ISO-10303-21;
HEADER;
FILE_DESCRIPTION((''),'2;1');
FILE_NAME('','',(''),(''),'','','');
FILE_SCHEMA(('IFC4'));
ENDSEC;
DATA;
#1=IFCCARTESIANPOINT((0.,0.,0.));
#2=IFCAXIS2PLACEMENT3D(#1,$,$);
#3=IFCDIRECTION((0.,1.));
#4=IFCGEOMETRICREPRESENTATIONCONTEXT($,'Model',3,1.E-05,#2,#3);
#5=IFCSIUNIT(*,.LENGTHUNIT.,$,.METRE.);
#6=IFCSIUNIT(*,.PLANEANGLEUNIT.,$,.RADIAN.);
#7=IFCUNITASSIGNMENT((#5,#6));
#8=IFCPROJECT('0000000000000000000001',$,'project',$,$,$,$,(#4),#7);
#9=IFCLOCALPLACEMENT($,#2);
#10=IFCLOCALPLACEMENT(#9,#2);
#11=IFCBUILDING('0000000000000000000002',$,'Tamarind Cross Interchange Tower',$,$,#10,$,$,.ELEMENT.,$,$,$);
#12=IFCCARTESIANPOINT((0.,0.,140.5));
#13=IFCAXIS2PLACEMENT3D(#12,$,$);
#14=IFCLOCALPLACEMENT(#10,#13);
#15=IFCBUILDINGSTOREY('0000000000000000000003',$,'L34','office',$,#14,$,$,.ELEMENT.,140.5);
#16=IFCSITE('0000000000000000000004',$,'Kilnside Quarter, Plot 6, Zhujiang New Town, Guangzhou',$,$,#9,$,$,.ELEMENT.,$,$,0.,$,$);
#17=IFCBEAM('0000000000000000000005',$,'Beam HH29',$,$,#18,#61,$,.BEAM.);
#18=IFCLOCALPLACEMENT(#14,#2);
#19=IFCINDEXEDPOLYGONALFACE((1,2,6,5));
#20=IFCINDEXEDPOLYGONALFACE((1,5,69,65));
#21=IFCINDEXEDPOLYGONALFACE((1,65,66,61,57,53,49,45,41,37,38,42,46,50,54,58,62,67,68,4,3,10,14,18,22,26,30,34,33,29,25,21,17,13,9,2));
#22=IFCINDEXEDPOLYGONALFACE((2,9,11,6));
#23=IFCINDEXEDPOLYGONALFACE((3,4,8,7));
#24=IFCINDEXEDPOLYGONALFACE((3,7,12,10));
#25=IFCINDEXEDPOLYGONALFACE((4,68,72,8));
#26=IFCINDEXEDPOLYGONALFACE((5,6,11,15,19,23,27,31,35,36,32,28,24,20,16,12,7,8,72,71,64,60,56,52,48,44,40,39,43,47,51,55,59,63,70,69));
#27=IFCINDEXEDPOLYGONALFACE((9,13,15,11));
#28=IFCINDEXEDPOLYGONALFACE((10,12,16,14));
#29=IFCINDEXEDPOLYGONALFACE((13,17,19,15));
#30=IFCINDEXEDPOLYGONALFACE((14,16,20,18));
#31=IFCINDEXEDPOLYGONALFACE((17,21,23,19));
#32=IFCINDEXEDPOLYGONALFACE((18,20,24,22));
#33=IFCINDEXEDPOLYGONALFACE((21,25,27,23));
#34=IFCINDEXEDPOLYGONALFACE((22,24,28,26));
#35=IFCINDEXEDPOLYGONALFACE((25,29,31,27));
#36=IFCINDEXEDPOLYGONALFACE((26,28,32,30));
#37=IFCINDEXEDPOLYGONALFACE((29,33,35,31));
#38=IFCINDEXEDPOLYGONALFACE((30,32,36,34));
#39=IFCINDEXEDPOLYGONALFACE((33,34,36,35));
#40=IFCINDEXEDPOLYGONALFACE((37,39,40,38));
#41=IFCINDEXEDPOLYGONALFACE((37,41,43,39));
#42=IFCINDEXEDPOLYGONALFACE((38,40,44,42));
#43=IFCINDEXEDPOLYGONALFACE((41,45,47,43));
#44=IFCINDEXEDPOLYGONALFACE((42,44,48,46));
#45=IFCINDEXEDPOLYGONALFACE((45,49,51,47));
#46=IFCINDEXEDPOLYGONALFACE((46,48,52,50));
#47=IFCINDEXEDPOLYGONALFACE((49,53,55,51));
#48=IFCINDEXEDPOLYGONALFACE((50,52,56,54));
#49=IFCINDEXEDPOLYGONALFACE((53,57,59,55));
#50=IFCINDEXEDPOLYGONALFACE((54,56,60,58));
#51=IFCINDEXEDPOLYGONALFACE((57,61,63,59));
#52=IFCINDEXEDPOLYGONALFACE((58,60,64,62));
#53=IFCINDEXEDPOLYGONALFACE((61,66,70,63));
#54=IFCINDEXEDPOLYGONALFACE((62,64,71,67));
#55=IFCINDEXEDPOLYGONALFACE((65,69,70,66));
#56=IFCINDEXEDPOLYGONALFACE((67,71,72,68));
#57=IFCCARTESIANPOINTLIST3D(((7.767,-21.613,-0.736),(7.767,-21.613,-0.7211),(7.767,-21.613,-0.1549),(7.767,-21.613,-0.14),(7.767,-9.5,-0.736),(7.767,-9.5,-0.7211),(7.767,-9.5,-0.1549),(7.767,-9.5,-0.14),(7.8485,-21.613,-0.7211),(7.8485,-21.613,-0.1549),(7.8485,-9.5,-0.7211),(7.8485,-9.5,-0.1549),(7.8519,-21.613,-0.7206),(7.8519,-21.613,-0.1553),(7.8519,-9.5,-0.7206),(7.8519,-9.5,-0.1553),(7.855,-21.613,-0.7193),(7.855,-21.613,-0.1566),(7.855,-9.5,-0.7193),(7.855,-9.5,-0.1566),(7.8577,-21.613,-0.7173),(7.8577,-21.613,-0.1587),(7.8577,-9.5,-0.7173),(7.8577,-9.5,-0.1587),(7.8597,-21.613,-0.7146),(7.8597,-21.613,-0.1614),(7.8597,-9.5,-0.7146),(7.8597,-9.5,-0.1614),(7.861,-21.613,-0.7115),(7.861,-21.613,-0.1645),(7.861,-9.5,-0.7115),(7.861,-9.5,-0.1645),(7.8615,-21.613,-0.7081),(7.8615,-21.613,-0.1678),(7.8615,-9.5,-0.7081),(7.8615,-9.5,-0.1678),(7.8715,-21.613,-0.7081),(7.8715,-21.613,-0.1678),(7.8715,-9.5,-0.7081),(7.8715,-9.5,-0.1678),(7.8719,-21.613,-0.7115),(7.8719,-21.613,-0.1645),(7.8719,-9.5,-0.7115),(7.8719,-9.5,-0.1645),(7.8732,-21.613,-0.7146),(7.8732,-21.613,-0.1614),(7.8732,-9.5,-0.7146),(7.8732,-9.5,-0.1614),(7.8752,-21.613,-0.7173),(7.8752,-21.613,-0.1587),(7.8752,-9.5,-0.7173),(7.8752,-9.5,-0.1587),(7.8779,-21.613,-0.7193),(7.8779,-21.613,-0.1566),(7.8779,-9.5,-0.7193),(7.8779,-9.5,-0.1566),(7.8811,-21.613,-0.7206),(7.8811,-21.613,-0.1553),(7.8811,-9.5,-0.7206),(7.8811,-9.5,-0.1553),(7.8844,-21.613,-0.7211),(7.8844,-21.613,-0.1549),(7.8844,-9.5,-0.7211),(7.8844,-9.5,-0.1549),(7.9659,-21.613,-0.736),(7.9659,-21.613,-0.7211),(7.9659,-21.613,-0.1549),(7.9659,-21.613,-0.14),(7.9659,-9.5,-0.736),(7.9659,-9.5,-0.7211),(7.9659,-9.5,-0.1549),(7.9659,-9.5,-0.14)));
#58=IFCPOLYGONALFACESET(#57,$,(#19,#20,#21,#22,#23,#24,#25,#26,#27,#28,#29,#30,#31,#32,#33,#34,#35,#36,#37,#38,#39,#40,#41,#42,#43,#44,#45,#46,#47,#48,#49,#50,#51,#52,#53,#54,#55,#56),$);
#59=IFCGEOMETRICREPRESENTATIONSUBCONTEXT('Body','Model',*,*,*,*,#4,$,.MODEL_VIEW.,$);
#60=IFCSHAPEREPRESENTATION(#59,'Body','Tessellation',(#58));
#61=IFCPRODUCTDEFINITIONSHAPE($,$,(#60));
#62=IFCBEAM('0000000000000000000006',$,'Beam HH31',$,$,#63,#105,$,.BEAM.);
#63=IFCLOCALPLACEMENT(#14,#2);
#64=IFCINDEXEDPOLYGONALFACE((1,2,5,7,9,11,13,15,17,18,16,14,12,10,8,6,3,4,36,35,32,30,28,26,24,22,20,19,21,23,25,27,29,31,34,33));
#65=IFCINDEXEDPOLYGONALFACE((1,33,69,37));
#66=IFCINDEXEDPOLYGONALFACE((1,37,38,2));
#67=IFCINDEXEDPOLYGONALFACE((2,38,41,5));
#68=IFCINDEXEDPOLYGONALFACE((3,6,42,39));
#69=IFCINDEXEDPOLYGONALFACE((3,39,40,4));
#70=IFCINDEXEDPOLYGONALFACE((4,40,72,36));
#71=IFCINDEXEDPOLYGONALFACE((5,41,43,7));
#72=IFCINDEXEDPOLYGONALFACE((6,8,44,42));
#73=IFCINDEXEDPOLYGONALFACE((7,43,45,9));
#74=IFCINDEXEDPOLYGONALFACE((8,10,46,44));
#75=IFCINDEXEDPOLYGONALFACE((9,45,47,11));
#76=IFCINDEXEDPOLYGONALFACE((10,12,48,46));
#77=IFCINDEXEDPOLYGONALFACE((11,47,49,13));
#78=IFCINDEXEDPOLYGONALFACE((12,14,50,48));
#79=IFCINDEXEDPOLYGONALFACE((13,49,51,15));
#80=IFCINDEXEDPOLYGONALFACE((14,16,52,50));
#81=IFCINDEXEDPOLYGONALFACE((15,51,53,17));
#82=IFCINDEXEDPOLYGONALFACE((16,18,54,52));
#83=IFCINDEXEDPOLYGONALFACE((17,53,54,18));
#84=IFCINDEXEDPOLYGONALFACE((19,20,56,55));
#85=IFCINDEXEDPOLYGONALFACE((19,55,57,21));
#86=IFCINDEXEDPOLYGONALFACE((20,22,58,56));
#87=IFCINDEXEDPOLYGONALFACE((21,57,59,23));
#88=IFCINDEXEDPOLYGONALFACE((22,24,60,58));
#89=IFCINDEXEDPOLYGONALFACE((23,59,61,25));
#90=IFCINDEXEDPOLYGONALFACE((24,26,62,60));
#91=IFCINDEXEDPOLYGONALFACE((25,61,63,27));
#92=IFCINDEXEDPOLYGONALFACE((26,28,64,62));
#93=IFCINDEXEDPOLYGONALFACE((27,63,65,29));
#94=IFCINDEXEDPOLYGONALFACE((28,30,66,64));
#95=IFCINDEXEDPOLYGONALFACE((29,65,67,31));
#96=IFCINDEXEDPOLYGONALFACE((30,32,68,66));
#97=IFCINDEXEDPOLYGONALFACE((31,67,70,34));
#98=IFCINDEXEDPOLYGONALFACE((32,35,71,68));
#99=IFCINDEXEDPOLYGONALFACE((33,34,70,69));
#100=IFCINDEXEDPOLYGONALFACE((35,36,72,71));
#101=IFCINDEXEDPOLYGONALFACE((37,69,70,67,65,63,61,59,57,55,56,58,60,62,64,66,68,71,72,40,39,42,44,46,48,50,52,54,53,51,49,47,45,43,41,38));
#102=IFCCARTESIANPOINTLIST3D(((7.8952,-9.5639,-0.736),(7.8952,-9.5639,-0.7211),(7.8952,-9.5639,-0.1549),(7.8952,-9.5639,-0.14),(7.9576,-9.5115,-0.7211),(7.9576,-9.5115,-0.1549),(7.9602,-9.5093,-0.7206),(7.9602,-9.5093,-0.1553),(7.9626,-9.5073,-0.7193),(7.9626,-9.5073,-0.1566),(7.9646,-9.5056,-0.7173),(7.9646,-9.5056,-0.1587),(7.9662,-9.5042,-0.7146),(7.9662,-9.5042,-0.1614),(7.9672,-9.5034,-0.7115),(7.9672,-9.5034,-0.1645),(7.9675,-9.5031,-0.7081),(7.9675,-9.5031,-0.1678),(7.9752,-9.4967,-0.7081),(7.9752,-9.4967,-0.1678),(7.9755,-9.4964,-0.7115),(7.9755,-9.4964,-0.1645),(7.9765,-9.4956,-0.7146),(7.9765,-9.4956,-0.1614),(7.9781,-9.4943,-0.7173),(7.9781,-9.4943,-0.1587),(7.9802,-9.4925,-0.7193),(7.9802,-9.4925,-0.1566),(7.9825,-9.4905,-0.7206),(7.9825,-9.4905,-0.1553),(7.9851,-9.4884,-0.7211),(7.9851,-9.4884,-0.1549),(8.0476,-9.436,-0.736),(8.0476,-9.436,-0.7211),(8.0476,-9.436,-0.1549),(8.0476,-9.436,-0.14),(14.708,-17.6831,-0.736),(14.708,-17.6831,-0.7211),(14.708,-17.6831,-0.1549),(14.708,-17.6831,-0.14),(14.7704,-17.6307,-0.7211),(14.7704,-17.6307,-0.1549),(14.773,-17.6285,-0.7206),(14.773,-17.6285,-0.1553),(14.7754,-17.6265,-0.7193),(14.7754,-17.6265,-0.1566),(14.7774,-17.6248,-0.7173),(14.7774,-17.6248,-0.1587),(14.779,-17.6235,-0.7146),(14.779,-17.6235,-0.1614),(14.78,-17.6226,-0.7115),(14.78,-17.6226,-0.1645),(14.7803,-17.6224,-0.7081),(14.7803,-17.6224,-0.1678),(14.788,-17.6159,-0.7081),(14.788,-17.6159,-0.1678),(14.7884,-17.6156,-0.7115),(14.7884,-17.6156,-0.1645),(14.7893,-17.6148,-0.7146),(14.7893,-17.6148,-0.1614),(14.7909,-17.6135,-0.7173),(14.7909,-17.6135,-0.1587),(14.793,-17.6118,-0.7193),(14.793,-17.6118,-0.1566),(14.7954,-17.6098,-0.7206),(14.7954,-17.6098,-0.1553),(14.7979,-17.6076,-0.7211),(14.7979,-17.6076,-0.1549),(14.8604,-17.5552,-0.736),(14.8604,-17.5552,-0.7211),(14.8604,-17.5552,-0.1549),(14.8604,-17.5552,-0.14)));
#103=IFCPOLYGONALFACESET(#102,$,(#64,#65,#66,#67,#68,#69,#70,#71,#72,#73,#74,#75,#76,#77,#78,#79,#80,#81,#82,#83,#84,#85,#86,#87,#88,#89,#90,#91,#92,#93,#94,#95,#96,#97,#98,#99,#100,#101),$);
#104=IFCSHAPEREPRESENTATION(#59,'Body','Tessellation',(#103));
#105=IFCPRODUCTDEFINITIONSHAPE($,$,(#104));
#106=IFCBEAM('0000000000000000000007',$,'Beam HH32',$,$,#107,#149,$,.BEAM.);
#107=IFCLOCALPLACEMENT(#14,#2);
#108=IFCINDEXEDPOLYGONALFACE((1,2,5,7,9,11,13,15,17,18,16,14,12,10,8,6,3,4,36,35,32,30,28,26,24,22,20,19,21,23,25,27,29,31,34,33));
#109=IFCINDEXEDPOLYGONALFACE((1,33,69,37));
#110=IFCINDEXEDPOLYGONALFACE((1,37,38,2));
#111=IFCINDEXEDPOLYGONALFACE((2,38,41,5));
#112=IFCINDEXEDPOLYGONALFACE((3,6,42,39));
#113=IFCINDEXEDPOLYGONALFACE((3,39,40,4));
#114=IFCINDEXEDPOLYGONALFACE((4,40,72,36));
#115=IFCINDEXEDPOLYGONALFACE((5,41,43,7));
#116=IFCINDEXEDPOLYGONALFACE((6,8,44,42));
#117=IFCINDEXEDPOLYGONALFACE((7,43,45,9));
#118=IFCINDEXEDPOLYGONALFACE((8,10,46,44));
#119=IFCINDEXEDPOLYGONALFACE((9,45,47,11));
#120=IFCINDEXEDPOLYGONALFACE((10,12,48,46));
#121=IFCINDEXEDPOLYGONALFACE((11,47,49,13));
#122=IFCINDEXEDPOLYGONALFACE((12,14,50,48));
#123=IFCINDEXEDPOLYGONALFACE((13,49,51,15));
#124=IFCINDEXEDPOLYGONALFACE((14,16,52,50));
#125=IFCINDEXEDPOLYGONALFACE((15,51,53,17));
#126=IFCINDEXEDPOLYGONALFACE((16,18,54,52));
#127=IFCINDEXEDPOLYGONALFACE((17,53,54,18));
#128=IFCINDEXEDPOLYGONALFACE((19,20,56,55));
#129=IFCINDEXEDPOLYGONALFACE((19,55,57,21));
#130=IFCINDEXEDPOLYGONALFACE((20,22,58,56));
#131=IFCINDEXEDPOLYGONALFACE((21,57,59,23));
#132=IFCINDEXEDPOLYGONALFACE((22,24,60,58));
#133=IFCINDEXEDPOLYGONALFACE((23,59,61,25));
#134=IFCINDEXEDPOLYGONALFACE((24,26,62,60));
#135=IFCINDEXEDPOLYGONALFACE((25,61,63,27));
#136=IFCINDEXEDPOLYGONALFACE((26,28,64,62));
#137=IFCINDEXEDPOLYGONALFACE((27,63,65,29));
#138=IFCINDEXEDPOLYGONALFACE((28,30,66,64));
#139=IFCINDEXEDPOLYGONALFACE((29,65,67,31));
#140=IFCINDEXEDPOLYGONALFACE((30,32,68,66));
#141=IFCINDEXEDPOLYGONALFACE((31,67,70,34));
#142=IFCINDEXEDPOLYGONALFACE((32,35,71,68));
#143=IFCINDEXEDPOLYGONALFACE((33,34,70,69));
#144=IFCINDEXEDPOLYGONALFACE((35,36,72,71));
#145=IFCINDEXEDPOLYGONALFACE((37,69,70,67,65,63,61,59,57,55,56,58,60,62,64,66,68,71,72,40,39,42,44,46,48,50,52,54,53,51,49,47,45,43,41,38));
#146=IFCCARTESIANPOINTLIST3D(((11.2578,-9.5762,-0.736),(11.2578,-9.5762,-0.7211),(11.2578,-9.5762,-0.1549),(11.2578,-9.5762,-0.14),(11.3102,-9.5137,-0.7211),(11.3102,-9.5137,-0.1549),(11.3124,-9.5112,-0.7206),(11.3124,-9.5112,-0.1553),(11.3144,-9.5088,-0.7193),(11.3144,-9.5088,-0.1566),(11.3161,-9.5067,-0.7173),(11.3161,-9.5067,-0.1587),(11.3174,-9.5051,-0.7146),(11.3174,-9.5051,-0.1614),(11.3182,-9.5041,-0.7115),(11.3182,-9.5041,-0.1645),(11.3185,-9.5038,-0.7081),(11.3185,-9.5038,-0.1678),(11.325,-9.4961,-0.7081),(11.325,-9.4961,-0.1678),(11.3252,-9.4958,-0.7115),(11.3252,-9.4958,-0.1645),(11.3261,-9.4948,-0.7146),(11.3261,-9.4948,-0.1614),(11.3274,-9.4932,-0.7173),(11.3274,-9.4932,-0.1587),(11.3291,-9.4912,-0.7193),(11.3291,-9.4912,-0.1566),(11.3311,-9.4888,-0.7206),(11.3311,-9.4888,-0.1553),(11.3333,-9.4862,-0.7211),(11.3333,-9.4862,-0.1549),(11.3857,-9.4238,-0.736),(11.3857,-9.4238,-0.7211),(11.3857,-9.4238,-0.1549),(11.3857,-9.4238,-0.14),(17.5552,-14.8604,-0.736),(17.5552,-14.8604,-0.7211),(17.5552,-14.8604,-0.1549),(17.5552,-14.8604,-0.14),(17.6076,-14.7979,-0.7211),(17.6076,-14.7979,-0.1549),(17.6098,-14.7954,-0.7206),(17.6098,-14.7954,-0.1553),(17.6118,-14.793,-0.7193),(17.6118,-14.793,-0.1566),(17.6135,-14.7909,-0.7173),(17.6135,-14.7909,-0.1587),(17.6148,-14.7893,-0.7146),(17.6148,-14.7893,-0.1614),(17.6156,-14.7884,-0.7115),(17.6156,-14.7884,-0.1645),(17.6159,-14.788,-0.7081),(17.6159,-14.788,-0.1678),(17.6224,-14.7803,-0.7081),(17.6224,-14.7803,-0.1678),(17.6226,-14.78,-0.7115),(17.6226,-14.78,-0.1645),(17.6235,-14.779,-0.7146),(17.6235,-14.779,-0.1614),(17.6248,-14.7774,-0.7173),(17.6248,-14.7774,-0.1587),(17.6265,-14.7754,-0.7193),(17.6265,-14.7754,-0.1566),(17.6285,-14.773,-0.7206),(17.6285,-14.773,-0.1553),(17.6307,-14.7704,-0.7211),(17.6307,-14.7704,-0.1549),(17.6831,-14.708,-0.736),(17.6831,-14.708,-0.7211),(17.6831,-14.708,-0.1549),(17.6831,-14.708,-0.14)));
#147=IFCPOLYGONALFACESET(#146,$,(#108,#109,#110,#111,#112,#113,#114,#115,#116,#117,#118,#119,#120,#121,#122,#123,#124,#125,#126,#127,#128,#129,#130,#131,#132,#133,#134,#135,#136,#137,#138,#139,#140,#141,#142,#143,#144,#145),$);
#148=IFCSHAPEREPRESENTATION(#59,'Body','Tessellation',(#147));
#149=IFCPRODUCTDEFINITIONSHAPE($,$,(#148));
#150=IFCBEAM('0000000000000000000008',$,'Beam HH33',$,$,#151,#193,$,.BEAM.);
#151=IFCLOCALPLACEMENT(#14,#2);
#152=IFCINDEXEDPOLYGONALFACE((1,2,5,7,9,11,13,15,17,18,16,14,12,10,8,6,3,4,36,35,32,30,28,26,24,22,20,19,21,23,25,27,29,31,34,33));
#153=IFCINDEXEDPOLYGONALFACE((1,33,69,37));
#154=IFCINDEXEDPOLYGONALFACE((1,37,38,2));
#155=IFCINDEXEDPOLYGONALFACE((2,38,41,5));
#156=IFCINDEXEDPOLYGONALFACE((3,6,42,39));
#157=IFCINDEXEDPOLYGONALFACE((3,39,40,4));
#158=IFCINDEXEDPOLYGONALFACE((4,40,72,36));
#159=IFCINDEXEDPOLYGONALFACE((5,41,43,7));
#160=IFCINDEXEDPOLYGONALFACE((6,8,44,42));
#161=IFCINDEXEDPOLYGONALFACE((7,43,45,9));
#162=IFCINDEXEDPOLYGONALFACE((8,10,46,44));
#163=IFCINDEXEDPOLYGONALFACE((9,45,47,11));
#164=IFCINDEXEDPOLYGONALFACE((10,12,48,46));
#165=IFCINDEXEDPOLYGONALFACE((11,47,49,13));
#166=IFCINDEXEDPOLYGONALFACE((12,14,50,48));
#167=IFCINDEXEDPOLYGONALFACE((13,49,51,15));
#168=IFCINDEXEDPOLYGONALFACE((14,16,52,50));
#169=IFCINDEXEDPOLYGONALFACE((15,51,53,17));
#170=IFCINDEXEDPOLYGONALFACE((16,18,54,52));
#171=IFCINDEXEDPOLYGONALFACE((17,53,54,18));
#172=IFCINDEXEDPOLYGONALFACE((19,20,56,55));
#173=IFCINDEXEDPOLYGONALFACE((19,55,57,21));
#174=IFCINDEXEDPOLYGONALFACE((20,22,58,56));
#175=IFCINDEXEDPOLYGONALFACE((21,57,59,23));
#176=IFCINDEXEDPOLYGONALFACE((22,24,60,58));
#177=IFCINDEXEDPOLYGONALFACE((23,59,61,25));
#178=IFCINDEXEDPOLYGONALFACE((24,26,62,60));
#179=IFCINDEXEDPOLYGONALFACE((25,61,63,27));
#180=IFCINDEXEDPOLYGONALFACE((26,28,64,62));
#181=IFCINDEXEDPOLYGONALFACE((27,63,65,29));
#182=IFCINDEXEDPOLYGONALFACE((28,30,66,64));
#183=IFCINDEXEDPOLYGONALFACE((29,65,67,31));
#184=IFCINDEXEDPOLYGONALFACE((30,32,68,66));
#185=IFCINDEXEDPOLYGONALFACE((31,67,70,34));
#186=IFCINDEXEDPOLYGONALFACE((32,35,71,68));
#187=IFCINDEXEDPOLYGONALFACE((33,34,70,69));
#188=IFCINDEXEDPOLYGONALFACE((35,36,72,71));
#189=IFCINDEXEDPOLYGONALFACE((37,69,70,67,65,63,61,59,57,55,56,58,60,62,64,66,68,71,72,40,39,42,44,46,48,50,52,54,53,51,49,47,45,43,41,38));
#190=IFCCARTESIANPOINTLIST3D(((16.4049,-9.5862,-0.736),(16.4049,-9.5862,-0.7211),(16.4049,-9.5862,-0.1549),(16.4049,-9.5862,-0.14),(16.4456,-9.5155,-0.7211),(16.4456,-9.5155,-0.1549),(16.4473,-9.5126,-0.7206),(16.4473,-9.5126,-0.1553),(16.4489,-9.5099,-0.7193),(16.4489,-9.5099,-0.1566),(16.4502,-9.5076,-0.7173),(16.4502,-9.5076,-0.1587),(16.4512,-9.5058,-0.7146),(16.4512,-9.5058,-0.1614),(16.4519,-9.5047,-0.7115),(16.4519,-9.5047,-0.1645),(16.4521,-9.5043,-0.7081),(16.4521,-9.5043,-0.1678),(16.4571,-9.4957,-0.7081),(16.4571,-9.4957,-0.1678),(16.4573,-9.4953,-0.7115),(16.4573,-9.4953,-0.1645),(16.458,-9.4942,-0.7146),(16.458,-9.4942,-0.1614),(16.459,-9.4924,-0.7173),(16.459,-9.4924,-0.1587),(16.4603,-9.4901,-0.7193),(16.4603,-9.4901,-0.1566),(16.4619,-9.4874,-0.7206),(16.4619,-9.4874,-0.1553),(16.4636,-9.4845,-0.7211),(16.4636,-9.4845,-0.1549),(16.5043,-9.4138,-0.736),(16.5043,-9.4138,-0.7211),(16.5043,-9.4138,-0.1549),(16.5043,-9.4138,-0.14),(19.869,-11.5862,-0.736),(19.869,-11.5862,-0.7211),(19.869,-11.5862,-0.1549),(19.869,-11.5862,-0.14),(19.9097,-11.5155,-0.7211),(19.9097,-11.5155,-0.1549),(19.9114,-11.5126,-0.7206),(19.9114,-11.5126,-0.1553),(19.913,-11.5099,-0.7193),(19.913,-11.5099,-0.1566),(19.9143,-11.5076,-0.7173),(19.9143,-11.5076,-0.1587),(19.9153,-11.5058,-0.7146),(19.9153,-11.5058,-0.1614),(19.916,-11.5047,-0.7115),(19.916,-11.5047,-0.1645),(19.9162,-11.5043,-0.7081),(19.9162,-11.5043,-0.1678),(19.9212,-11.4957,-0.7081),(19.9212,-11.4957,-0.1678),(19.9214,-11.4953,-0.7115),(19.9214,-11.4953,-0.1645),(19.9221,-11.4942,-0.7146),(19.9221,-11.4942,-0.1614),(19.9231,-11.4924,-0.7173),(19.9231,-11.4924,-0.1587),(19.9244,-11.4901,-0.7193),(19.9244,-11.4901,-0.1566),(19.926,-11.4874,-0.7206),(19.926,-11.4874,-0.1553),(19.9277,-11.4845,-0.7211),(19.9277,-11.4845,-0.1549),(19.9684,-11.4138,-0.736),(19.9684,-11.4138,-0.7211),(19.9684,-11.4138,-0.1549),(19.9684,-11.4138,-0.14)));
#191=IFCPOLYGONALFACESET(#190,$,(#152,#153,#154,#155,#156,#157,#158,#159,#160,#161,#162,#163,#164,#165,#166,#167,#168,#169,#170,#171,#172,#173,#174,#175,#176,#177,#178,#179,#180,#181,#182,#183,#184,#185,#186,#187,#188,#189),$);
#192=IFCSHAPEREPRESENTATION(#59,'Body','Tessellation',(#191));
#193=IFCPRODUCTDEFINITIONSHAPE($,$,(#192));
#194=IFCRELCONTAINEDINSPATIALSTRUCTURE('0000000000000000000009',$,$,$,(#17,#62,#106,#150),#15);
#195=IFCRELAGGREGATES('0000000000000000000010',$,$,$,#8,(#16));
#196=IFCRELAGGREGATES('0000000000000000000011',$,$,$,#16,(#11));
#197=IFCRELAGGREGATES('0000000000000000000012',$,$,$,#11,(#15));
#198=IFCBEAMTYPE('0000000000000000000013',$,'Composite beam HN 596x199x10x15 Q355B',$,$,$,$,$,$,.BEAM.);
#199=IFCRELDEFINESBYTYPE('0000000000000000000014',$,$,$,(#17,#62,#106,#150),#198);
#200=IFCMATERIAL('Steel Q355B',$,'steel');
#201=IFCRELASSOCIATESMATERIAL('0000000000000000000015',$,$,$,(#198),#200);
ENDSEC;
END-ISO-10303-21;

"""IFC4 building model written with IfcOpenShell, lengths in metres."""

from ifc_helpers import new_model, si_unit, direction, frame, origin, origin_2d, place, context, subcontext, project, spatial, i_section, extrude, material, material_profile, profile_set, type_object, element, save


model = new_model("IFC4")

# Units and contexts
model_context = context("Model", 3, precision=1e-05, world=origin(), true_north=direction((0.0, 1.0)))
body_context = subcontext(model_context, "Body", "Model", "MODEL_VIEW")
ifc_project = project(units=[si_unit("LENGTHUNIT", "METRE"), si_unit("PLANEANGLEUNIT", "RADIAN")], contexts=[model_context])

# Site, building, storey
site_placement = place(None, origin())
site = spatial("IfcSite", under=ifc_project, at=site_placement, Name="Kilnside Quarter, Plot 6, Zhujiang New Town, Guangzhou", CompositionType="ELEMENT", RefElevation=0.0)
building_placement = place(site_placement, origin())
building = spatial("IfcBuilding", under=site, at=building_placement, Name="Tamarind Cross Interchange Tower", CompositionType="ELEMENT")
storey_placement = place(building_placement, frame((0.0, 0.0, 140.5)))
storey = spatial("IfcBuildingStorey", under=building, at=storey_placement, Name="L34", Description="office", CompositionType="ELEMENT", Elevation=140.5)

# Beams
ifc_material_1 = material(Name="Steel Q355B", Category="steel")
ifc_material_profile_1 = material_profile(ifc_material_1, i_section(OverallWidth=0.199, OverallDepth=0.5959, WebThickness=0.01, FlangeThickness=0.0149, FilletRadius=0.0129, at=origin_2d()), Name="HN 596x199x10x15")
ifc_profile_set_1 = profile_set([ifc_material_profile_1], Name="Steel Q355B")
beam_type = type_object("IfcBeamType", Name="Composite beam HN 596x199x10x15 Q355B", PredefinedType="BEAM", material=ifc_profile_set_1)
beam_1_placement = place(storey_placement, frame((7.8665, -21.613, -0.438), z_axis=(0.0, 1.0, 0.0), x_axis=(-1.0, 0.0, 0.0)))
element("IfcBeam", 1, at=beam_1_placement, inside=storey, type_object=beam_type, Name="Beam HH29", PredefinedType="BEAM", context=body_context, shape_type="SweptSolid", body=[
    extrude(i_section(OverallWidth=0.199, OverallDepth=0.5959, WebThickness=0.01, FlangeThickness=0.0149, FilletRadius=0.0129, at=origin_2d()), origin(), (0.0, 0.0, 1.0), 12.113),
])
beam_2_placement = place(storey_placement, frame((14.7842, -17.6191, -0.438), z_axis=(-0.642786, 0.766046, 0.0), x_axis=(-0.766046, -0.642786, 0.0)))
element("IfcBeam", 2, at=beam_2_placement, inside=storey, type_object=beam_type, Name="Beam HH31", PredefinedType="BEAM", context=body_context, shape_type="SweptSolid", body=[
    extrude(i_section(OverallWidth=0.199, OverallDepth=0.5959, WebThickness=0.01, FlangeThickness=0.0149, FilletRadius=0.0129, at=origin_2d()), origin(), (0.0, 0.0, 1.0), 10.5989),
])
beam_3_placement = place(storey_placement, frame((17.6191, -14.7842, -0.438), z_axis=(-0.766041, 0.642792, 0.0), x_axis=(-0.642792, -0.766041, 0.0)))
element("IfcBeam", 3, at=beam_3_placement, inside=storey, type_object=beam_type, Name="Beam HH32", PredefinedType="BEAM", context=body_context, shape_type="SweptSolid", body=[
    extrude(i_section(OverallWidth=0.199, OverallDepth=0.5959, WebThickness=0.01, FlangeThickness=0.0149, FilletRadius=0.0129, at=origin_2d()), origin(), (0.0, 0.0, 1.0), 8.2207),
])
beam_4_placement = place(storey_placement, frame((19.9187, -11.5, -0.438), z_axis=(-0.866026, 0.499999, 0.0), x_axis=(-0.499999, -0.866026, 0.0)))
element("IfcBeam", 4, at=beam_4_placement, inside=storey, type_object=beam_type, Name="Beam HH33", PredefinedType="BEAM", context=body_context, shape_type="SweptSolid", body=[
    extrude(i_section(OverallWidth=0.199, OverallDepth=0.5959, WebThickness=0.01, FlangeThickness=0.0149, FilletRadius=0.0129, at=origin_2d()), origin(), (0.0, 0.0, 1.0), 4.0),
])

save(model, "model.ifc")
